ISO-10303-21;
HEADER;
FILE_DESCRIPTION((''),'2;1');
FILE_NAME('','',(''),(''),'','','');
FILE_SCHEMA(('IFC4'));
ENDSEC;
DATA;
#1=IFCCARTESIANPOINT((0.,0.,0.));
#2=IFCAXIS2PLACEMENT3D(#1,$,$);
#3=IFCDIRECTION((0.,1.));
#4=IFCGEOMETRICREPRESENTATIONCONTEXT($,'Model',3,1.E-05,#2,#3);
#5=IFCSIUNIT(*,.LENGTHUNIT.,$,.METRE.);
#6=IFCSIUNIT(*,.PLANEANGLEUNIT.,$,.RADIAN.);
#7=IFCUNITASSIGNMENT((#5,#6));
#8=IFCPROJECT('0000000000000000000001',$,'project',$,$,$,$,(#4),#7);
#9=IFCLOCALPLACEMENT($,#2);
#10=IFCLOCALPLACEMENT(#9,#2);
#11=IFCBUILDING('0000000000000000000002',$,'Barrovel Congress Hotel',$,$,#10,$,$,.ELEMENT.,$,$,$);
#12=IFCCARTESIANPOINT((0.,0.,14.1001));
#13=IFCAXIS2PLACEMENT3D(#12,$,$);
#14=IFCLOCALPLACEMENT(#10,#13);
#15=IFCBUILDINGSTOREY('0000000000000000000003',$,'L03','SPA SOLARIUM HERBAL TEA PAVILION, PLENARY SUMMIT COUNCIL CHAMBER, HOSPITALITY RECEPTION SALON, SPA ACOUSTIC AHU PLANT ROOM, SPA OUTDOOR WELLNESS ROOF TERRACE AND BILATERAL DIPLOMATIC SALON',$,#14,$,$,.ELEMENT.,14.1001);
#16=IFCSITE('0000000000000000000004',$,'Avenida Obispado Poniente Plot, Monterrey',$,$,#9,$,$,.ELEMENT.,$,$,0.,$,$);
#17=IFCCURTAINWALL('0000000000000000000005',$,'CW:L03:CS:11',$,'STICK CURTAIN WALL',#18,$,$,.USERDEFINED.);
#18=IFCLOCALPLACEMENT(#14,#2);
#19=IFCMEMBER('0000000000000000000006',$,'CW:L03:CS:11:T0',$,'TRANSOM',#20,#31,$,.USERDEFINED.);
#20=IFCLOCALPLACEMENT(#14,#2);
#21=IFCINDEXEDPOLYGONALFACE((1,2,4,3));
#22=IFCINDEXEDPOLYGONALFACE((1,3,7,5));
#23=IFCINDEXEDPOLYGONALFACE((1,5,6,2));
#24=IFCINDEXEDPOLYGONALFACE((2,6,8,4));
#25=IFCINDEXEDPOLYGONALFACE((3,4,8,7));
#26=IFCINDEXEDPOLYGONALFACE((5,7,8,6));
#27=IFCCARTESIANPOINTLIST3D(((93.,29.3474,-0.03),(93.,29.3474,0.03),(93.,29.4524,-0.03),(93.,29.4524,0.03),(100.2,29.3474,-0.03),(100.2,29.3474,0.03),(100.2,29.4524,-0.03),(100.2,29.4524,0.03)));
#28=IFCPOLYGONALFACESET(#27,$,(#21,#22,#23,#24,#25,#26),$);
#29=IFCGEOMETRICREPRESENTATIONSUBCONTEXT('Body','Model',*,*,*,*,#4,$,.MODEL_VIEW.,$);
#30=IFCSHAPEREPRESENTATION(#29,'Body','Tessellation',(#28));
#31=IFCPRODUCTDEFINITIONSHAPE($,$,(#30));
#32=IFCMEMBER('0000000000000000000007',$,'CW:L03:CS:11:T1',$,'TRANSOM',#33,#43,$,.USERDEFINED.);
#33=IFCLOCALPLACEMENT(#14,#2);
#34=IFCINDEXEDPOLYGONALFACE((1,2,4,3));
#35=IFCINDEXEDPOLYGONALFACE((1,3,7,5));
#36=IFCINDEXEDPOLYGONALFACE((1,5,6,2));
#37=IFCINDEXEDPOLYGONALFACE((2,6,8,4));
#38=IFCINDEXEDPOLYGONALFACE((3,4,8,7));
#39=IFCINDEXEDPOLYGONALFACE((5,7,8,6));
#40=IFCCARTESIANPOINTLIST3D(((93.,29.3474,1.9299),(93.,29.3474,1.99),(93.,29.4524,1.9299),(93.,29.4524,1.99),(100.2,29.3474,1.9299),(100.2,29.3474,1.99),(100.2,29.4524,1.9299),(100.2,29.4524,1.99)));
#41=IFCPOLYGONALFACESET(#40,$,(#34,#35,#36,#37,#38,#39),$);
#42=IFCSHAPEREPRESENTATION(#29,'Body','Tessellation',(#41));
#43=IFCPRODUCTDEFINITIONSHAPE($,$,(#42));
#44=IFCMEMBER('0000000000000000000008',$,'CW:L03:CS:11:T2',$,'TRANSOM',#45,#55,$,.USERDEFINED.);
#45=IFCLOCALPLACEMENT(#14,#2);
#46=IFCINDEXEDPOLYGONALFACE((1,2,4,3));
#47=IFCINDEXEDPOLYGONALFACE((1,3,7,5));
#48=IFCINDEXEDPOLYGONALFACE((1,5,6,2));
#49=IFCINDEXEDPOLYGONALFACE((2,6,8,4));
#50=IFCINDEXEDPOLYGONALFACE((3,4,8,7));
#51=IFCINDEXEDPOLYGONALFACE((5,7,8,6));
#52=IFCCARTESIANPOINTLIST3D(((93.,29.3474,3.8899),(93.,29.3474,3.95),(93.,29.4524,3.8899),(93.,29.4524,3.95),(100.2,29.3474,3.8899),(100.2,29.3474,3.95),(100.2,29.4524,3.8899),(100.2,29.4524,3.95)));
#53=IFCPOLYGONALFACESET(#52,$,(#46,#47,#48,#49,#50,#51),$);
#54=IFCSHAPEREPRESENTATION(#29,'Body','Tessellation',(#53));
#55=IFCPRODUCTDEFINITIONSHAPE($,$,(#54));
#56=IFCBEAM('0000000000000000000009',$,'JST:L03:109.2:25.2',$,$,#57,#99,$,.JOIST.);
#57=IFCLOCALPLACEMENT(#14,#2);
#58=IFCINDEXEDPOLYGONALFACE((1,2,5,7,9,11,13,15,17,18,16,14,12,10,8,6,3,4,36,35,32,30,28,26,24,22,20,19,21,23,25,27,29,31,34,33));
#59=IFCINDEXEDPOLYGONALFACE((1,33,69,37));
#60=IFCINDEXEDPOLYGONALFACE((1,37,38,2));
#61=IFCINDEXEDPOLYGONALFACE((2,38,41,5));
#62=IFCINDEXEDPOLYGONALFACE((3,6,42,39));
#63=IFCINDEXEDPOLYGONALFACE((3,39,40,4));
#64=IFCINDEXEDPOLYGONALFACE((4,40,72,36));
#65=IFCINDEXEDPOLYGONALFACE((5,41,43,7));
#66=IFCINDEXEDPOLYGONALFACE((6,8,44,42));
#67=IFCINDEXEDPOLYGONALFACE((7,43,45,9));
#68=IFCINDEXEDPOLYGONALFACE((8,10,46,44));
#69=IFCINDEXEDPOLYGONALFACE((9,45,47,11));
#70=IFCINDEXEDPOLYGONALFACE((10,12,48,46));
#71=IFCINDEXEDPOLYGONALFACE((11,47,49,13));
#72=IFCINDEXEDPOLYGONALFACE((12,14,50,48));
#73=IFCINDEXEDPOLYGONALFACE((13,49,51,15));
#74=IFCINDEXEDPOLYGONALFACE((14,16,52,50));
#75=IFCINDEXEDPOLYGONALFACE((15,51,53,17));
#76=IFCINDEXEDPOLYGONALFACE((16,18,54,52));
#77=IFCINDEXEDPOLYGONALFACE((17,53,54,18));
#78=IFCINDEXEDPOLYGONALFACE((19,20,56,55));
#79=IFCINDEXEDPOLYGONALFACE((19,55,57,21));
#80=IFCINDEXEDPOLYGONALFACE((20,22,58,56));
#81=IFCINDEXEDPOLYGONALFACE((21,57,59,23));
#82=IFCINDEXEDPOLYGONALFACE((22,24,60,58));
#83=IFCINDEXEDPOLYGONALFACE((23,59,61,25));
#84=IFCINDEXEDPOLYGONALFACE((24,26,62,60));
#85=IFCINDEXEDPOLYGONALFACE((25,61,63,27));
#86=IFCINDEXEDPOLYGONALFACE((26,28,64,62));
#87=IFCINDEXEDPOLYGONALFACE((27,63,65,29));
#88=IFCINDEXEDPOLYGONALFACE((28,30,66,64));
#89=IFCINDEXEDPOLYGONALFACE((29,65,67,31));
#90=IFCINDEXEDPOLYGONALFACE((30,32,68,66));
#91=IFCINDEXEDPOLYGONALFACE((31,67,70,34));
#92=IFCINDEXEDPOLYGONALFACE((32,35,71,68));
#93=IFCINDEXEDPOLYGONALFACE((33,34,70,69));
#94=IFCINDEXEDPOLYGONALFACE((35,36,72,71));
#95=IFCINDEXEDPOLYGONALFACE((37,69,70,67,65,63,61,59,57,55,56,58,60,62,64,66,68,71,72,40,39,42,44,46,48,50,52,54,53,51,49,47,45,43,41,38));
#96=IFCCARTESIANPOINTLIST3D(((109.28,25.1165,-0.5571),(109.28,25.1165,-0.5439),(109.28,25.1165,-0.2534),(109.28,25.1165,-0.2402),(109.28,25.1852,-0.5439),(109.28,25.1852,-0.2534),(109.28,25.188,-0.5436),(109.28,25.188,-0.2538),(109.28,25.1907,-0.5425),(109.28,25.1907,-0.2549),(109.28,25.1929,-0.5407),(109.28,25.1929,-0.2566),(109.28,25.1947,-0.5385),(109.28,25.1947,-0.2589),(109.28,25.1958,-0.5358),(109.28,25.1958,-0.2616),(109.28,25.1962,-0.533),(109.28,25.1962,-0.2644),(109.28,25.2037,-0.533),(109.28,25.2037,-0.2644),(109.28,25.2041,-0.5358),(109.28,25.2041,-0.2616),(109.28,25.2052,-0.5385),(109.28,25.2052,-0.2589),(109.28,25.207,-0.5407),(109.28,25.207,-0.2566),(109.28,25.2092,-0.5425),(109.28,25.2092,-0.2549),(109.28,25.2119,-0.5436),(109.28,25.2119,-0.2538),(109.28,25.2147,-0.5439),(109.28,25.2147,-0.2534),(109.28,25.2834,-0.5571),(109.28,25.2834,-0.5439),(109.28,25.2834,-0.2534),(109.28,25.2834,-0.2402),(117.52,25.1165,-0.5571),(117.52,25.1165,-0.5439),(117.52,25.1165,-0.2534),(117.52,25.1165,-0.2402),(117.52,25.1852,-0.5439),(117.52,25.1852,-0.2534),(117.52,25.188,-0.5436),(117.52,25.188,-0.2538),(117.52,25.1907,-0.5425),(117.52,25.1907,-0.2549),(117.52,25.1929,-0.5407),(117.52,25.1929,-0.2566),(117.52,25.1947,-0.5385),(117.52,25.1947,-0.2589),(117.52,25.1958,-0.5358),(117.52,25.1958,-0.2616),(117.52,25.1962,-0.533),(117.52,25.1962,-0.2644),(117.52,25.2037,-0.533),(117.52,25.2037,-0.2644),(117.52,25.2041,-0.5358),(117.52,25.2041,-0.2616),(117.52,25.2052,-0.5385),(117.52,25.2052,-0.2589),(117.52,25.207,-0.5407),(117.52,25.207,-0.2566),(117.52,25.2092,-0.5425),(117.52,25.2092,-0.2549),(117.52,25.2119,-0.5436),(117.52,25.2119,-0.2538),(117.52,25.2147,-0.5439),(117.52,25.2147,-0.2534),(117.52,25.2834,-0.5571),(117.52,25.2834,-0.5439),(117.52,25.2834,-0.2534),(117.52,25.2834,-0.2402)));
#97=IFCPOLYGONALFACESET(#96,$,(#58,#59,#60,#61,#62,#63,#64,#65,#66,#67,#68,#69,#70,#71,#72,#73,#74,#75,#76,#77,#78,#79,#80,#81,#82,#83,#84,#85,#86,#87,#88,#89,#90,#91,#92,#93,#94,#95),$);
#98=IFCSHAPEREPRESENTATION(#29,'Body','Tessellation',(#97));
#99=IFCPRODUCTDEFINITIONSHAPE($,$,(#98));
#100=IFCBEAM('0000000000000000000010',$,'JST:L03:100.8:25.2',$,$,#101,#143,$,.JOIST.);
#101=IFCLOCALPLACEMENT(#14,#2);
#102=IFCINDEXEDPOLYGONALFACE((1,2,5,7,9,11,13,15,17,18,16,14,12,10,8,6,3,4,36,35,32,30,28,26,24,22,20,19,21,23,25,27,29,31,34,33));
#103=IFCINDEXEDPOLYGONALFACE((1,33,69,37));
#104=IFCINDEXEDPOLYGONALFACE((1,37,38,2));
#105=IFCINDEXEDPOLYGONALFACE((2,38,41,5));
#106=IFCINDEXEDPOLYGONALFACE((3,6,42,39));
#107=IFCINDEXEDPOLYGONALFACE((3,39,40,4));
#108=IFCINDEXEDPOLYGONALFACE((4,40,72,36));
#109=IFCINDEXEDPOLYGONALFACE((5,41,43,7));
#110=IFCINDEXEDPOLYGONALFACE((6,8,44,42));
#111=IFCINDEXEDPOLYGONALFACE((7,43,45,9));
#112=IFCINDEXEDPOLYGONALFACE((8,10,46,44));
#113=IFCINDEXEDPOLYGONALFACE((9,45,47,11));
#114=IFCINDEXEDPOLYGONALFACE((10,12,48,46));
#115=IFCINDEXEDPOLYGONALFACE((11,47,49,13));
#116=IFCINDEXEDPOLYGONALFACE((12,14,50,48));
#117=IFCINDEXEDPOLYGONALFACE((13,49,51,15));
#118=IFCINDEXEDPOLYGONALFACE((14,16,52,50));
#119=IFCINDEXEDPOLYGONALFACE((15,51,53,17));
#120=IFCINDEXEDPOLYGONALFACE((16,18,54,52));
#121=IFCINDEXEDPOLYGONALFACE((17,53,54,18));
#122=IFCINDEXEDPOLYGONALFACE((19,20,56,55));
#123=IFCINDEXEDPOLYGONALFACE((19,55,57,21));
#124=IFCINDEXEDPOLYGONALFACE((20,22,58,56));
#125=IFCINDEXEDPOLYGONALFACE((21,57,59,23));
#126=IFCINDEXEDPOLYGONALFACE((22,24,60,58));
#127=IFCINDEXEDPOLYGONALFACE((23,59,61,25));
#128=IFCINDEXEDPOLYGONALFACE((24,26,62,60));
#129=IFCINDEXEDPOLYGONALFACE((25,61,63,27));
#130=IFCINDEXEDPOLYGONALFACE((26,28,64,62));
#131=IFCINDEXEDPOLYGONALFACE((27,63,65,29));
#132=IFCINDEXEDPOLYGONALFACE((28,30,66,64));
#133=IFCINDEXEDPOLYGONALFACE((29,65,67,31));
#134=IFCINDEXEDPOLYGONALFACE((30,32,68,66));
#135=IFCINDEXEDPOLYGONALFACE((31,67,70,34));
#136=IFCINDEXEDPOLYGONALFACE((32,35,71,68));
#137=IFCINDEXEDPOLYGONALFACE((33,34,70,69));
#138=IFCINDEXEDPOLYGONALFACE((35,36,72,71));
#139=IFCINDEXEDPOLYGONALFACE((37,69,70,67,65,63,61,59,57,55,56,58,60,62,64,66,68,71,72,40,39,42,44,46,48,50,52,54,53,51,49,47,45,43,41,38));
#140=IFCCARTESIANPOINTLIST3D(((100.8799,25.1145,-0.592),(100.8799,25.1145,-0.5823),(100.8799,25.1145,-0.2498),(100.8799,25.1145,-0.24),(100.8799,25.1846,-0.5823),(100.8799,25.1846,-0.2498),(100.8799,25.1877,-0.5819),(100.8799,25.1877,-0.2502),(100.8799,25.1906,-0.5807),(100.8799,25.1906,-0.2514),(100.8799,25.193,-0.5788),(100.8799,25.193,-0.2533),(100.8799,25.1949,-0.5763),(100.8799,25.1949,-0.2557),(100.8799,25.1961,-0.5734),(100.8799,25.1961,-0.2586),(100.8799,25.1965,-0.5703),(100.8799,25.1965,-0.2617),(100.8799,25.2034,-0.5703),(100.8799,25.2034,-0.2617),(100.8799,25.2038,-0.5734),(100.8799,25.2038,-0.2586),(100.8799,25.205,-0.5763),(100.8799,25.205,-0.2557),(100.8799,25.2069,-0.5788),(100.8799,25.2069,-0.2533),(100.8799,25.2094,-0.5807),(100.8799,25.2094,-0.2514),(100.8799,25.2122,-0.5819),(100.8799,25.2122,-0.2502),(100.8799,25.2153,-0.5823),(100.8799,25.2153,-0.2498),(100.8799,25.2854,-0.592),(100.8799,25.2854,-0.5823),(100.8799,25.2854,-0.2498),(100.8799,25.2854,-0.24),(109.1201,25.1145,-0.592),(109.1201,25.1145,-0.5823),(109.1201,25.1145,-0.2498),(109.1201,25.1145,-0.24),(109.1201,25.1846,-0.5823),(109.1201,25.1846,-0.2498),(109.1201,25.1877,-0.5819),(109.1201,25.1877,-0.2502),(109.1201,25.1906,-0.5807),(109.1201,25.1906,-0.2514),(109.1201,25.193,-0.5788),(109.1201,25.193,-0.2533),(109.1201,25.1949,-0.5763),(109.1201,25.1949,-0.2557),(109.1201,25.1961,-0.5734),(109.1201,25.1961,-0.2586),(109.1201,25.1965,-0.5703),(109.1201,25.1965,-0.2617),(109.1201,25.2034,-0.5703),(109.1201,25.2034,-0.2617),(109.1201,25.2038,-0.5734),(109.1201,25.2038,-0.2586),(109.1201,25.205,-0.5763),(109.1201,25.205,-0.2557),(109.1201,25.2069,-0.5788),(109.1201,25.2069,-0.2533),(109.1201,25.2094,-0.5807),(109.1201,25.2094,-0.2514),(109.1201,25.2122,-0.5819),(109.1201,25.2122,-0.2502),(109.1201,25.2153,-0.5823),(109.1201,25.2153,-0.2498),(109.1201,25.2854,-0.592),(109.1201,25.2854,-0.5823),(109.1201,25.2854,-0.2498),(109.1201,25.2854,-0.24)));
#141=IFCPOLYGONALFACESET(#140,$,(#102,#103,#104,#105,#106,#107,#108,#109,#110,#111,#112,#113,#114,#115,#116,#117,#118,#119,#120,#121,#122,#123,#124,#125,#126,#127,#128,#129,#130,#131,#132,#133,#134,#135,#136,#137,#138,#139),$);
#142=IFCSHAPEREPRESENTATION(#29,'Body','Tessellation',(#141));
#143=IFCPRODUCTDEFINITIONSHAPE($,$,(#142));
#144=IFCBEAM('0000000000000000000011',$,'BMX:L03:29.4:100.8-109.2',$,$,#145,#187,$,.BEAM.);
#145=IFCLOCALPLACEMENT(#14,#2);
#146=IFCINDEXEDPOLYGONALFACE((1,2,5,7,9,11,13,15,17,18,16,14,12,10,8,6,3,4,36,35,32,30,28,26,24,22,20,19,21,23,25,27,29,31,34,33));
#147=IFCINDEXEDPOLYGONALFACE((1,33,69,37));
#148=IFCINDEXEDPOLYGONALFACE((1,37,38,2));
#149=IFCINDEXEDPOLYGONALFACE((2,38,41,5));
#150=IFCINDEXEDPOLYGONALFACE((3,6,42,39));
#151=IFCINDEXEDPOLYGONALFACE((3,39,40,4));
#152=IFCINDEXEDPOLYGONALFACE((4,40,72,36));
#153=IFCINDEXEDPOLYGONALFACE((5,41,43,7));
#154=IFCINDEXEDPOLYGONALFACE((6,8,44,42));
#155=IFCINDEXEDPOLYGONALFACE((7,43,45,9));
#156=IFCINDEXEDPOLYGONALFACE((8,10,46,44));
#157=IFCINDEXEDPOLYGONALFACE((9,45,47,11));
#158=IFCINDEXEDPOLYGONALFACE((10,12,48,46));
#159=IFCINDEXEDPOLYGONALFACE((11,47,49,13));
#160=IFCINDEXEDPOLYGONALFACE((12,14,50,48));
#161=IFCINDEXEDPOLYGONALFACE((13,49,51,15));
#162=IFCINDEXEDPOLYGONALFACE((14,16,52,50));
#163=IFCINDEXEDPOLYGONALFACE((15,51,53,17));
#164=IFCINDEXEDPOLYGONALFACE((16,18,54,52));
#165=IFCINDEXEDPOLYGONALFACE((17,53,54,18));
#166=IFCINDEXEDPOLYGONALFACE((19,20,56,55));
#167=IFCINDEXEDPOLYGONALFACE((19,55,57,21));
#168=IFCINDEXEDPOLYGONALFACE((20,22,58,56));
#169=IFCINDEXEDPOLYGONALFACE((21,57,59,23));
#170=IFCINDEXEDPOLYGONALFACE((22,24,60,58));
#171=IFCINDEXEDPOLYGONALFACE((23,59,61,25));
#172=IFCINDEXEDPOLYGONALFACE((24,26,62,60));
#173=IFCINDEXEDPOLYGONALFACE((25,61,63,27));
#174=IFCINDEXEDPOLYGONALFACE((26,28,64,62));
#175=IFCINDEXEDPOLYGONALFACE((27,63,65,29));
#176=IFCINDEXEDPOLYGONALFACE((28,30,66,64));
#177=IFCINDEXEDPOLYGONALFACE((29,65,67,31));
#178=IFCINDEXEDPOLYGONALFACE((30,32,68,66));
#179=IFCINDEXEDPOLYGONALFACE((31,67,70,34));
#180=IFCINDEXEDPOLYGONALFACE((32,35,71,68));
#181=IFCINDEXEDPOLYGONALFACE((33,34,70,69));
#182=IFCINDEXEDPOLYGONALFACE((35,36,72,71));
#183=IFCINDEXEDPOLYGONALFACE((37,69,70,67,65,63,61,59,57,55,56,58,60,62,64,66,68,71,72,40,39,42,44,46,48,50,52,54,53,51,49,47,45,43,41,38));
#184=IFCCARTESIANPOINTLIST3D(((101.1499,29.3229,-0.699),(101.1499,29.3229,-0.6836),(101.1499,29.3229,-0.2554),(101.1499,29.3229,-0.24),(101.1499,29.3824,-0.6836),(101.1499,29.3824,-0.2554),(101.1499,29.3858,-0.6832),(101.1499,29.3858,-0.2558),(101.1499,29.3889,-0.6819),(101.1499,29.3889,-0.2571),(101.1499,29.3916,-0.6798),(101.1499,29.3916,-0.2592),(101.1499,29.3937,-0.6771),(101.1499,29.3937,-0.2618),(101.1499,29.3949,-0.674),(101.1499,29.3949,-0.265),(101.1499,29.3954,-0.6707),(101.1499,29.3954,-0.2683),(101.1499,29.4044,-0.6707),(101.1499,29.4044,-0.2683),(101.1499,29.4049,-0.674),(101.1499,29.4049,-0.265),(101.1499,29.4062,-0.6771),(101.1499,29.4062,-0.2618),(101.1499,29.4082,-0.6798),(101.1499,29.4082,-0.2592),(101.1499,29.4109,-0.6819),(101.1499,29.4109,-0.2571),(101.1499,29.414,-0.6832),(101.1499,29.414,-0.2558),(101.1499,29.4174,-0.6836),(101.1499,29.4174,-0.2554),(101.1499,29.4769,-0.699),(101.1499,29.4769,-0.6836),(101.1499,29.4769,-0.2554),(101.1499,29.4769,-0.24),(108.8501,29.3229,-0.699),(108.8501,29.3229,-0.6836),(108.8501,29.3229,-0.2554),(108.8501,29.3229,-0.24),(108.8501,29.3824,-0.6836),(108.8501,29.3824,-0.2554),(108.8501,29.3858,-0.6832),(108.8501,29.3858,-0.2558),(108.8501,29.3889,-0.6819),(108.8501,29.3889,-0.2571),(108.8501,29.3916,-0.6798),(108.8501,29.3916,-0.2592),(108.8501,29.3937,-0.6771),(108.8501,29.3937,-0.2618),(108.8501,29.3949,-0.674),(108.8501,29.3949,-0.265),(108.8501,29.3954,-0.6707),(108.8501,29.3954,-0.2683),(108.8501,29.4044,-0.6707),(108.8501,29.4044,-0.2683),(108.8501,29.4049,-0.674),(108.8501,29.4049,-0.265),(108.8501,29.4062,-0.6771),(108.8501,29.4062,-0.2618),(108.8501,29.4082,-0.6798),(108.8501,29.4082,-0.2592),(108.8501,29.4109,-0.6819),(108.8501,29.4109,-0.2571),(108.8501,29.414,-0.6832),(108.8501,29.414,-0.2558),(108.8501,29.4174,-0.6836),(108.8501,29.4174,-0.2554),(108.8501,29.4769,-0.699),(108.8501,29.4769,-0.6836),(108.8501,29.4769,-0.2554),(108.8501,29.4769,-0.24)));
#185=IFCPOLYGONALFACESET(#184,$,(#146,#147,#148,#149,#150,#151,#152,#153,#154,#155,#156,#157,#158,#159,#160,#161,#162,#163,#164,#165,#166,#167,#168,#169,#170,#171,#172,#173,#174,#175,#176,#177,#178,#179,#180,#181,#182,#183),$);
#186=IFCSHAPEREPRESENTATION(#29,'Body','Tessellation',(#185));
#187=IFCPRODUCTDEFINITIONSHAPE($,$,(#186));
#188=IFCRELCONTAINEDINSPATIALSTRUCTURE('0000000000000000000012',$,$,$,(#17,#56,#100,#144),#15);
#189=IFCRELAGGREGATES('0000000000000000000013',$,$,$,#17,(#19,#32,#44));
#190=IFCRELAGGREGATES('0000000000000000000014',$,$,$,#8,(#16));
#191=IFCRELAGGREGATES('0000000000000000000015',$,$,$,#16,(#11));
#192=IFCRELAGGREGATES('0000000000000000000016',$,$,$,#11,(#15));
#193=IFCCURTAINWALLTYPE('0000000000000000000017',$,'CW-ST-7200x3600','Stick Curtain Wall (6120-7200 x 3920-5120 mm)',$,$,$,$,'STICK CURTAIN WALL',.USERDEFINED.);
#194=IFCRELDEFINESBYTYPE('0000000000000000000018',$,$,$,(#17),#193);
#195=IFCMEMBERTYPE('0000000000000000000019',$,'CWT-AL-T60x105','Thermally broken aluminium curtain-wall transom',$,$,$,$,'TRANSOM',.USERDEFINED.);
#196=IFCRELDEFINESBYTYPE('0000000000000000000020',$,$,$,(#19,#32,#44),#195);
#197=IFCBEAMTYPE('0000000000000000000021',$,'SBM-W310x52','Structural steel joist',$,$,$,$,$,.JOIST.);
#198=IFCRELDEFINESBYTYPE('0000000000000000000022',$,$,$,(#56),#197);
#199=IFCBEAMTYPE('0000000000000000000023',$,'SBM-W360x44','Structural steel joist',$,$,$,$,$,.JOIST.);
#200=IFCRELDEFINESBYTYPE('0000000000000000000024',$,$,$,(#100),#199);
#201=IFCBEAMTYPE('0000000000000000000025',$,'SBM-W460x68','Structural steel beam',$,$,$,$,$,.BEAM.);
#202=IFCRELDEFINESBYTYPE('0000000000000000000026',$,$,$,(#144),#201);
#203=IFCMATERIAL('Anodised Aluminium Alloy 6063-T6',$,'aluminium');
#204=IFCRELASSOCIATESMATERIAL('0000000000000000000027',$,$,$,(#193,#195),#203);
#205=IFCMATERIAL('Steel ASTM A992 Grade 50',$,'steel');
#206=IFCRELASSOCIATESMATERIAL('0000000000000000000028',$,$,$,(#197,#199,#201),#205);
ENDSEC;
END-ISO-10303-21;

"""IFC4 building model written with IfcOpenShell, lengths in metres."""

from ifc_helpers import new_model, si_unit, direction, frame, origin, origin_2d, place, context, subcontext, project, spatial, rectangle, i_section, extrude, material, material_profile, profile_set, type_object, element, aggregate, save


model = new_model("IFC4")

# Units and contexts
model_context = context("Model", 3, precision=1e-05, world=origin(), true_north=direction((0.0, 1.0)))
body_context = subcontext(model_context, "Body", "Model", "MODEL_VIEW")
ifc_project = project(units=[si_unit("LENGTHUNIT", "METRE"), si_unit("PLANEANGLEUNIT", "RADIAN")], contexts=[model_context])

# Site, building, storey
site_placement = place(None, origin())
site = spatial("IfcSite", under=ifc_project, at=site_placement, Name="Avenida Obispado Poniente Plot, Monterrey", CompositionType="ELEMENT", RefElevation=0.0)
building_placement = place(site_placement, origin())
building = spatial("IfcBuilding", under=site, at=building_placement, Name="Barrovel Congress Hotel", CompositionType="ELEMENT")
storey_placement = place(building_placement, frame((0.0, 0.0, 14.1001)))
storey = spatial("IfcBuildingStorey", under=building, at=storey_placement, Name="L03", Description="SPA SOLARIUM HERBAL TEA PAVILION, PLENARY SUMMIT COUNCIL CHAMBER, HOSPITALITY RECEPTION SALON, SPA ACOUSTIC AHU PLANT ROOM, SPA OUTDOOR WELLNESS ROOF TERRACE AND BILATERAL DIPLOMATIC SALON", CompositionType="ELEMENT", Elevation=14.1001)

# Curtain wall
ifc_material_1 = material(Name="Anodised Aluminium Alloy 6063-T6", Category="aluminium")
curtain_wall_type = type_object("IfcCurtainWallType", Name="CW-ST-7200x3600", Description="Stick Curtain Wall (6120-7200 x 3920-5120 mm)", ElementType="STICK CURTAIN WALL", PredefinedType="USERDEFINED", material=ifc_material_1)
curtain_wall_1_placement = place(storey_placement, origin())
curtain_wall_1 = element("IfcCurtainWall", 1, at=curtain_wall_1_placement, inside=storey, type_object=curtain_wall_type, Name="CW:L03:CS:11", ObjectType="STICK CURTAIN WALL", PredefinedType="USERDEFINED")

# Members
ifc_material_profile_1 = material_profile(ifc_material_1, rectangle(XDim=0.105, YDim=0.0601, at=origin_2d()), Name="AL-T60x105")
ifc_profile_set_1 = profile_set([ifc_material_profile_1], Name="Anodised Aluminium Alloy 6063-T6")
member_type_1 = type_object("IfcMemberType", Name="CWT-AL-T60x105", Description="Thermally broken aluminium curtain-wall transom", ElementType="TRANSOM", PredefinedType="USERDEFINED", material=ifc_profile_set_1)
member_1_placement = place(storey_placement, frame((100.2, 29.3999, 0.0), z_axis=(-1.0, 0.0, 0.0), x_axis=(0.0, -1.0, 0.0)))
member_1 = element("IfcMember", 2, at=member_1_placement, type_object=member_type_1, Name="CW:L03:CS:11:T0", ObjectType="TRANSOM", PredefinedType="USERDEFINED", context=body_context, shape_type="SweptSolid", body=[
    extrude(rectangle(XDim=0.105, YDim=0.0601, at=origin_2d()), origin(), (0.0, 0.0, 1.0), 7.2),
])
member_2_placement = place(storey_placement, frame((100.2, 29.3999, 1.96), z_axis=(-1.0, 0.0, 0.0), x_axis=(0.0, -1.0, 0.0)))
member_2 = element("IfcMember", 3, at=member_2_placement, type_object=member_type_1, Name="CW:L03:CS:11:T1", ObjectType="TRANSOM", PredefinedType="USERDEFINED", context=body_context, shape_type="SweptSolid", body=[
    extrude(rectangle(XDim=0.105, YDim=0.0601, at=origin_2d()), origin(), (0.0, 0.0, 1.0), 7.2),
])
member_3_placement = place(storey_placement, frame((100.2, 29.3999, 3.9199), z_axis=(-1.0, 0.0, 0.0), x_axis=(0.0, -1.0, 0.0)))
member_3 = element("IfcMember", 4, at=member_3_placement, type_object=member_type_1, Name="CW:L03:CS:11:T2", ObjectType="TRANSOM", PredefinedType="USERDEFINED", context=body_context, shape_type="SweptSolid", body=[
    extrude(rectangle(XDim=0.105, YDim=0.0601, at=origin_2d()), origin(), (0.0, 0.0, 1.0), 7.2),
])

# Beams
ifc_material_2 = material(Name="Steel ASTM A992 Grade 50", Category="steel")
ifc_material_profile_2 = material_profile(ifc_material_2, i_section(OverallWidth=0.167, OverallDepth=0.3169, WebThickness=0.0076, FlangeThickness=0.0132, FilletRadius=0.011, at=origin_2d()), Name="W310x52")
ifc_profile_set_2 = profile_set([ifc_material_profile_2], Name="Steel ASTM A992 Grade 50")
beam_type_1 = type_object("IfcBeamType", Name="SBM-W310x52", Description="Structural steel joist", PredefinedType="JOIST", material=ifc_profile_set_2)
beam_1_placement = place(storey_placement, frame((109.28, 25.2, -0.3987), z_axis=(1.0, 0.0, 0.0), x_axis=(0.0, 1.0, 0.0)))
element("IfcBeam", 5, at=beam_1_placement, inside=storey, type_object=beam_type_1, Name="JST:L03:109.2:25.2", PredefinedType="JOIST", context=body_context, shape_type="SweptSolid", body=[
    extrude(i_section(OverallWidth=0.167, OverallDepth=0.3169, WebThickness=0.0076, FlangeThickness=0.0132, FilletRadius=0.011, at=origin_2d()), origin(), (0.0, 0.0, 1.0), 8.24),
])
ifc_material_profile_3 = material_profile(ifc_material_2, i_section(OverallWidth=0.1709, OverallDepth=0.3521, WebThickness=0.0068, FlangeThickness=0.0098, FilletRadius=0.012, at=origin_2d()), Name="W360x44")
ifc_profile_set_3 = profile_set([ifc_material_profile_3], Name="Steel ASTM A992 Grade 50")
beam_type_2 = type_object("IfcBeamType", Name="SBM-W360x44", Description="Structural steel joist", PredefinedType="JOIST", material=ifc_profile_set_3)
beam_2_placement = place(storey_placement, frame((100.8799, 25.2, -0.416), z_axis=(1.0, 0.0, 0.0), x_axis=(0.0, 1.0, 0.0)))
element("IfcBeam", 6, at=beam_2_placement, inside=storey, type_object=beam_type_2, Name="JST:L03:100.8:25.2", PredefinedType="JOIST", context=body_context, shape_type="SweptSolid", body=[
    extrude(i_section(OverallWidth=0.1709, OverallDepth=0.3521, WebThickness=0.0068, FlangeThickness=0.0098, FilletRadius=0.012, at=origin_2d()), origin(), (0.0, 0.0, 1.0), 8.2402),
])
ifc_material_profile_4 = material_profile(ifc_material_2, i_section(OverallWidth=0.1541, OverallDepth=0.459, WebThickness=0.009, FlangeThickness=0.0154, FilletRadius=0.0129, at=origin_2d()), Name="W460x68")
ifc_profile_set_4 = profile_set([ifc_material_profile_4], Name="Steel ASTM A992 Grade 50")
beam_type_3 = type_object("IfcBeamType", Name="SBM-W460x68", Description="Structural steel beam", PredefinedType="BEAM", material=ifc_profile_set_4)
beam_3_placement = place(storey_placement, frame((101.1499, 29.3999, -0.4695), z_axis=(1.0, 0.0, 0.0), x_axis=(0.0, 1.0, 0.0)))
element("IfcBeam", 7, at=beam_3_placement, inside=storey, type_object=beam_type_3, Name="BMX:L03:29.4:100.8-109.2", PredefinedType="BEAM", context=body_context, shape_type="SweptSolid", body=[
    extrude(i_section(OverallWidth=0.1541, OverallDepth=0.459, WebThickness=0.009, FlangeThickness=0.0154, FilletRadius=0.0129, at=origin_2d()), origin(), (0.0, 0.0, 1.0), 7.7002),
])

aggregate(curtain_wall_1, [member_1, member_2, member_3])

save(model, "model.ifc")
